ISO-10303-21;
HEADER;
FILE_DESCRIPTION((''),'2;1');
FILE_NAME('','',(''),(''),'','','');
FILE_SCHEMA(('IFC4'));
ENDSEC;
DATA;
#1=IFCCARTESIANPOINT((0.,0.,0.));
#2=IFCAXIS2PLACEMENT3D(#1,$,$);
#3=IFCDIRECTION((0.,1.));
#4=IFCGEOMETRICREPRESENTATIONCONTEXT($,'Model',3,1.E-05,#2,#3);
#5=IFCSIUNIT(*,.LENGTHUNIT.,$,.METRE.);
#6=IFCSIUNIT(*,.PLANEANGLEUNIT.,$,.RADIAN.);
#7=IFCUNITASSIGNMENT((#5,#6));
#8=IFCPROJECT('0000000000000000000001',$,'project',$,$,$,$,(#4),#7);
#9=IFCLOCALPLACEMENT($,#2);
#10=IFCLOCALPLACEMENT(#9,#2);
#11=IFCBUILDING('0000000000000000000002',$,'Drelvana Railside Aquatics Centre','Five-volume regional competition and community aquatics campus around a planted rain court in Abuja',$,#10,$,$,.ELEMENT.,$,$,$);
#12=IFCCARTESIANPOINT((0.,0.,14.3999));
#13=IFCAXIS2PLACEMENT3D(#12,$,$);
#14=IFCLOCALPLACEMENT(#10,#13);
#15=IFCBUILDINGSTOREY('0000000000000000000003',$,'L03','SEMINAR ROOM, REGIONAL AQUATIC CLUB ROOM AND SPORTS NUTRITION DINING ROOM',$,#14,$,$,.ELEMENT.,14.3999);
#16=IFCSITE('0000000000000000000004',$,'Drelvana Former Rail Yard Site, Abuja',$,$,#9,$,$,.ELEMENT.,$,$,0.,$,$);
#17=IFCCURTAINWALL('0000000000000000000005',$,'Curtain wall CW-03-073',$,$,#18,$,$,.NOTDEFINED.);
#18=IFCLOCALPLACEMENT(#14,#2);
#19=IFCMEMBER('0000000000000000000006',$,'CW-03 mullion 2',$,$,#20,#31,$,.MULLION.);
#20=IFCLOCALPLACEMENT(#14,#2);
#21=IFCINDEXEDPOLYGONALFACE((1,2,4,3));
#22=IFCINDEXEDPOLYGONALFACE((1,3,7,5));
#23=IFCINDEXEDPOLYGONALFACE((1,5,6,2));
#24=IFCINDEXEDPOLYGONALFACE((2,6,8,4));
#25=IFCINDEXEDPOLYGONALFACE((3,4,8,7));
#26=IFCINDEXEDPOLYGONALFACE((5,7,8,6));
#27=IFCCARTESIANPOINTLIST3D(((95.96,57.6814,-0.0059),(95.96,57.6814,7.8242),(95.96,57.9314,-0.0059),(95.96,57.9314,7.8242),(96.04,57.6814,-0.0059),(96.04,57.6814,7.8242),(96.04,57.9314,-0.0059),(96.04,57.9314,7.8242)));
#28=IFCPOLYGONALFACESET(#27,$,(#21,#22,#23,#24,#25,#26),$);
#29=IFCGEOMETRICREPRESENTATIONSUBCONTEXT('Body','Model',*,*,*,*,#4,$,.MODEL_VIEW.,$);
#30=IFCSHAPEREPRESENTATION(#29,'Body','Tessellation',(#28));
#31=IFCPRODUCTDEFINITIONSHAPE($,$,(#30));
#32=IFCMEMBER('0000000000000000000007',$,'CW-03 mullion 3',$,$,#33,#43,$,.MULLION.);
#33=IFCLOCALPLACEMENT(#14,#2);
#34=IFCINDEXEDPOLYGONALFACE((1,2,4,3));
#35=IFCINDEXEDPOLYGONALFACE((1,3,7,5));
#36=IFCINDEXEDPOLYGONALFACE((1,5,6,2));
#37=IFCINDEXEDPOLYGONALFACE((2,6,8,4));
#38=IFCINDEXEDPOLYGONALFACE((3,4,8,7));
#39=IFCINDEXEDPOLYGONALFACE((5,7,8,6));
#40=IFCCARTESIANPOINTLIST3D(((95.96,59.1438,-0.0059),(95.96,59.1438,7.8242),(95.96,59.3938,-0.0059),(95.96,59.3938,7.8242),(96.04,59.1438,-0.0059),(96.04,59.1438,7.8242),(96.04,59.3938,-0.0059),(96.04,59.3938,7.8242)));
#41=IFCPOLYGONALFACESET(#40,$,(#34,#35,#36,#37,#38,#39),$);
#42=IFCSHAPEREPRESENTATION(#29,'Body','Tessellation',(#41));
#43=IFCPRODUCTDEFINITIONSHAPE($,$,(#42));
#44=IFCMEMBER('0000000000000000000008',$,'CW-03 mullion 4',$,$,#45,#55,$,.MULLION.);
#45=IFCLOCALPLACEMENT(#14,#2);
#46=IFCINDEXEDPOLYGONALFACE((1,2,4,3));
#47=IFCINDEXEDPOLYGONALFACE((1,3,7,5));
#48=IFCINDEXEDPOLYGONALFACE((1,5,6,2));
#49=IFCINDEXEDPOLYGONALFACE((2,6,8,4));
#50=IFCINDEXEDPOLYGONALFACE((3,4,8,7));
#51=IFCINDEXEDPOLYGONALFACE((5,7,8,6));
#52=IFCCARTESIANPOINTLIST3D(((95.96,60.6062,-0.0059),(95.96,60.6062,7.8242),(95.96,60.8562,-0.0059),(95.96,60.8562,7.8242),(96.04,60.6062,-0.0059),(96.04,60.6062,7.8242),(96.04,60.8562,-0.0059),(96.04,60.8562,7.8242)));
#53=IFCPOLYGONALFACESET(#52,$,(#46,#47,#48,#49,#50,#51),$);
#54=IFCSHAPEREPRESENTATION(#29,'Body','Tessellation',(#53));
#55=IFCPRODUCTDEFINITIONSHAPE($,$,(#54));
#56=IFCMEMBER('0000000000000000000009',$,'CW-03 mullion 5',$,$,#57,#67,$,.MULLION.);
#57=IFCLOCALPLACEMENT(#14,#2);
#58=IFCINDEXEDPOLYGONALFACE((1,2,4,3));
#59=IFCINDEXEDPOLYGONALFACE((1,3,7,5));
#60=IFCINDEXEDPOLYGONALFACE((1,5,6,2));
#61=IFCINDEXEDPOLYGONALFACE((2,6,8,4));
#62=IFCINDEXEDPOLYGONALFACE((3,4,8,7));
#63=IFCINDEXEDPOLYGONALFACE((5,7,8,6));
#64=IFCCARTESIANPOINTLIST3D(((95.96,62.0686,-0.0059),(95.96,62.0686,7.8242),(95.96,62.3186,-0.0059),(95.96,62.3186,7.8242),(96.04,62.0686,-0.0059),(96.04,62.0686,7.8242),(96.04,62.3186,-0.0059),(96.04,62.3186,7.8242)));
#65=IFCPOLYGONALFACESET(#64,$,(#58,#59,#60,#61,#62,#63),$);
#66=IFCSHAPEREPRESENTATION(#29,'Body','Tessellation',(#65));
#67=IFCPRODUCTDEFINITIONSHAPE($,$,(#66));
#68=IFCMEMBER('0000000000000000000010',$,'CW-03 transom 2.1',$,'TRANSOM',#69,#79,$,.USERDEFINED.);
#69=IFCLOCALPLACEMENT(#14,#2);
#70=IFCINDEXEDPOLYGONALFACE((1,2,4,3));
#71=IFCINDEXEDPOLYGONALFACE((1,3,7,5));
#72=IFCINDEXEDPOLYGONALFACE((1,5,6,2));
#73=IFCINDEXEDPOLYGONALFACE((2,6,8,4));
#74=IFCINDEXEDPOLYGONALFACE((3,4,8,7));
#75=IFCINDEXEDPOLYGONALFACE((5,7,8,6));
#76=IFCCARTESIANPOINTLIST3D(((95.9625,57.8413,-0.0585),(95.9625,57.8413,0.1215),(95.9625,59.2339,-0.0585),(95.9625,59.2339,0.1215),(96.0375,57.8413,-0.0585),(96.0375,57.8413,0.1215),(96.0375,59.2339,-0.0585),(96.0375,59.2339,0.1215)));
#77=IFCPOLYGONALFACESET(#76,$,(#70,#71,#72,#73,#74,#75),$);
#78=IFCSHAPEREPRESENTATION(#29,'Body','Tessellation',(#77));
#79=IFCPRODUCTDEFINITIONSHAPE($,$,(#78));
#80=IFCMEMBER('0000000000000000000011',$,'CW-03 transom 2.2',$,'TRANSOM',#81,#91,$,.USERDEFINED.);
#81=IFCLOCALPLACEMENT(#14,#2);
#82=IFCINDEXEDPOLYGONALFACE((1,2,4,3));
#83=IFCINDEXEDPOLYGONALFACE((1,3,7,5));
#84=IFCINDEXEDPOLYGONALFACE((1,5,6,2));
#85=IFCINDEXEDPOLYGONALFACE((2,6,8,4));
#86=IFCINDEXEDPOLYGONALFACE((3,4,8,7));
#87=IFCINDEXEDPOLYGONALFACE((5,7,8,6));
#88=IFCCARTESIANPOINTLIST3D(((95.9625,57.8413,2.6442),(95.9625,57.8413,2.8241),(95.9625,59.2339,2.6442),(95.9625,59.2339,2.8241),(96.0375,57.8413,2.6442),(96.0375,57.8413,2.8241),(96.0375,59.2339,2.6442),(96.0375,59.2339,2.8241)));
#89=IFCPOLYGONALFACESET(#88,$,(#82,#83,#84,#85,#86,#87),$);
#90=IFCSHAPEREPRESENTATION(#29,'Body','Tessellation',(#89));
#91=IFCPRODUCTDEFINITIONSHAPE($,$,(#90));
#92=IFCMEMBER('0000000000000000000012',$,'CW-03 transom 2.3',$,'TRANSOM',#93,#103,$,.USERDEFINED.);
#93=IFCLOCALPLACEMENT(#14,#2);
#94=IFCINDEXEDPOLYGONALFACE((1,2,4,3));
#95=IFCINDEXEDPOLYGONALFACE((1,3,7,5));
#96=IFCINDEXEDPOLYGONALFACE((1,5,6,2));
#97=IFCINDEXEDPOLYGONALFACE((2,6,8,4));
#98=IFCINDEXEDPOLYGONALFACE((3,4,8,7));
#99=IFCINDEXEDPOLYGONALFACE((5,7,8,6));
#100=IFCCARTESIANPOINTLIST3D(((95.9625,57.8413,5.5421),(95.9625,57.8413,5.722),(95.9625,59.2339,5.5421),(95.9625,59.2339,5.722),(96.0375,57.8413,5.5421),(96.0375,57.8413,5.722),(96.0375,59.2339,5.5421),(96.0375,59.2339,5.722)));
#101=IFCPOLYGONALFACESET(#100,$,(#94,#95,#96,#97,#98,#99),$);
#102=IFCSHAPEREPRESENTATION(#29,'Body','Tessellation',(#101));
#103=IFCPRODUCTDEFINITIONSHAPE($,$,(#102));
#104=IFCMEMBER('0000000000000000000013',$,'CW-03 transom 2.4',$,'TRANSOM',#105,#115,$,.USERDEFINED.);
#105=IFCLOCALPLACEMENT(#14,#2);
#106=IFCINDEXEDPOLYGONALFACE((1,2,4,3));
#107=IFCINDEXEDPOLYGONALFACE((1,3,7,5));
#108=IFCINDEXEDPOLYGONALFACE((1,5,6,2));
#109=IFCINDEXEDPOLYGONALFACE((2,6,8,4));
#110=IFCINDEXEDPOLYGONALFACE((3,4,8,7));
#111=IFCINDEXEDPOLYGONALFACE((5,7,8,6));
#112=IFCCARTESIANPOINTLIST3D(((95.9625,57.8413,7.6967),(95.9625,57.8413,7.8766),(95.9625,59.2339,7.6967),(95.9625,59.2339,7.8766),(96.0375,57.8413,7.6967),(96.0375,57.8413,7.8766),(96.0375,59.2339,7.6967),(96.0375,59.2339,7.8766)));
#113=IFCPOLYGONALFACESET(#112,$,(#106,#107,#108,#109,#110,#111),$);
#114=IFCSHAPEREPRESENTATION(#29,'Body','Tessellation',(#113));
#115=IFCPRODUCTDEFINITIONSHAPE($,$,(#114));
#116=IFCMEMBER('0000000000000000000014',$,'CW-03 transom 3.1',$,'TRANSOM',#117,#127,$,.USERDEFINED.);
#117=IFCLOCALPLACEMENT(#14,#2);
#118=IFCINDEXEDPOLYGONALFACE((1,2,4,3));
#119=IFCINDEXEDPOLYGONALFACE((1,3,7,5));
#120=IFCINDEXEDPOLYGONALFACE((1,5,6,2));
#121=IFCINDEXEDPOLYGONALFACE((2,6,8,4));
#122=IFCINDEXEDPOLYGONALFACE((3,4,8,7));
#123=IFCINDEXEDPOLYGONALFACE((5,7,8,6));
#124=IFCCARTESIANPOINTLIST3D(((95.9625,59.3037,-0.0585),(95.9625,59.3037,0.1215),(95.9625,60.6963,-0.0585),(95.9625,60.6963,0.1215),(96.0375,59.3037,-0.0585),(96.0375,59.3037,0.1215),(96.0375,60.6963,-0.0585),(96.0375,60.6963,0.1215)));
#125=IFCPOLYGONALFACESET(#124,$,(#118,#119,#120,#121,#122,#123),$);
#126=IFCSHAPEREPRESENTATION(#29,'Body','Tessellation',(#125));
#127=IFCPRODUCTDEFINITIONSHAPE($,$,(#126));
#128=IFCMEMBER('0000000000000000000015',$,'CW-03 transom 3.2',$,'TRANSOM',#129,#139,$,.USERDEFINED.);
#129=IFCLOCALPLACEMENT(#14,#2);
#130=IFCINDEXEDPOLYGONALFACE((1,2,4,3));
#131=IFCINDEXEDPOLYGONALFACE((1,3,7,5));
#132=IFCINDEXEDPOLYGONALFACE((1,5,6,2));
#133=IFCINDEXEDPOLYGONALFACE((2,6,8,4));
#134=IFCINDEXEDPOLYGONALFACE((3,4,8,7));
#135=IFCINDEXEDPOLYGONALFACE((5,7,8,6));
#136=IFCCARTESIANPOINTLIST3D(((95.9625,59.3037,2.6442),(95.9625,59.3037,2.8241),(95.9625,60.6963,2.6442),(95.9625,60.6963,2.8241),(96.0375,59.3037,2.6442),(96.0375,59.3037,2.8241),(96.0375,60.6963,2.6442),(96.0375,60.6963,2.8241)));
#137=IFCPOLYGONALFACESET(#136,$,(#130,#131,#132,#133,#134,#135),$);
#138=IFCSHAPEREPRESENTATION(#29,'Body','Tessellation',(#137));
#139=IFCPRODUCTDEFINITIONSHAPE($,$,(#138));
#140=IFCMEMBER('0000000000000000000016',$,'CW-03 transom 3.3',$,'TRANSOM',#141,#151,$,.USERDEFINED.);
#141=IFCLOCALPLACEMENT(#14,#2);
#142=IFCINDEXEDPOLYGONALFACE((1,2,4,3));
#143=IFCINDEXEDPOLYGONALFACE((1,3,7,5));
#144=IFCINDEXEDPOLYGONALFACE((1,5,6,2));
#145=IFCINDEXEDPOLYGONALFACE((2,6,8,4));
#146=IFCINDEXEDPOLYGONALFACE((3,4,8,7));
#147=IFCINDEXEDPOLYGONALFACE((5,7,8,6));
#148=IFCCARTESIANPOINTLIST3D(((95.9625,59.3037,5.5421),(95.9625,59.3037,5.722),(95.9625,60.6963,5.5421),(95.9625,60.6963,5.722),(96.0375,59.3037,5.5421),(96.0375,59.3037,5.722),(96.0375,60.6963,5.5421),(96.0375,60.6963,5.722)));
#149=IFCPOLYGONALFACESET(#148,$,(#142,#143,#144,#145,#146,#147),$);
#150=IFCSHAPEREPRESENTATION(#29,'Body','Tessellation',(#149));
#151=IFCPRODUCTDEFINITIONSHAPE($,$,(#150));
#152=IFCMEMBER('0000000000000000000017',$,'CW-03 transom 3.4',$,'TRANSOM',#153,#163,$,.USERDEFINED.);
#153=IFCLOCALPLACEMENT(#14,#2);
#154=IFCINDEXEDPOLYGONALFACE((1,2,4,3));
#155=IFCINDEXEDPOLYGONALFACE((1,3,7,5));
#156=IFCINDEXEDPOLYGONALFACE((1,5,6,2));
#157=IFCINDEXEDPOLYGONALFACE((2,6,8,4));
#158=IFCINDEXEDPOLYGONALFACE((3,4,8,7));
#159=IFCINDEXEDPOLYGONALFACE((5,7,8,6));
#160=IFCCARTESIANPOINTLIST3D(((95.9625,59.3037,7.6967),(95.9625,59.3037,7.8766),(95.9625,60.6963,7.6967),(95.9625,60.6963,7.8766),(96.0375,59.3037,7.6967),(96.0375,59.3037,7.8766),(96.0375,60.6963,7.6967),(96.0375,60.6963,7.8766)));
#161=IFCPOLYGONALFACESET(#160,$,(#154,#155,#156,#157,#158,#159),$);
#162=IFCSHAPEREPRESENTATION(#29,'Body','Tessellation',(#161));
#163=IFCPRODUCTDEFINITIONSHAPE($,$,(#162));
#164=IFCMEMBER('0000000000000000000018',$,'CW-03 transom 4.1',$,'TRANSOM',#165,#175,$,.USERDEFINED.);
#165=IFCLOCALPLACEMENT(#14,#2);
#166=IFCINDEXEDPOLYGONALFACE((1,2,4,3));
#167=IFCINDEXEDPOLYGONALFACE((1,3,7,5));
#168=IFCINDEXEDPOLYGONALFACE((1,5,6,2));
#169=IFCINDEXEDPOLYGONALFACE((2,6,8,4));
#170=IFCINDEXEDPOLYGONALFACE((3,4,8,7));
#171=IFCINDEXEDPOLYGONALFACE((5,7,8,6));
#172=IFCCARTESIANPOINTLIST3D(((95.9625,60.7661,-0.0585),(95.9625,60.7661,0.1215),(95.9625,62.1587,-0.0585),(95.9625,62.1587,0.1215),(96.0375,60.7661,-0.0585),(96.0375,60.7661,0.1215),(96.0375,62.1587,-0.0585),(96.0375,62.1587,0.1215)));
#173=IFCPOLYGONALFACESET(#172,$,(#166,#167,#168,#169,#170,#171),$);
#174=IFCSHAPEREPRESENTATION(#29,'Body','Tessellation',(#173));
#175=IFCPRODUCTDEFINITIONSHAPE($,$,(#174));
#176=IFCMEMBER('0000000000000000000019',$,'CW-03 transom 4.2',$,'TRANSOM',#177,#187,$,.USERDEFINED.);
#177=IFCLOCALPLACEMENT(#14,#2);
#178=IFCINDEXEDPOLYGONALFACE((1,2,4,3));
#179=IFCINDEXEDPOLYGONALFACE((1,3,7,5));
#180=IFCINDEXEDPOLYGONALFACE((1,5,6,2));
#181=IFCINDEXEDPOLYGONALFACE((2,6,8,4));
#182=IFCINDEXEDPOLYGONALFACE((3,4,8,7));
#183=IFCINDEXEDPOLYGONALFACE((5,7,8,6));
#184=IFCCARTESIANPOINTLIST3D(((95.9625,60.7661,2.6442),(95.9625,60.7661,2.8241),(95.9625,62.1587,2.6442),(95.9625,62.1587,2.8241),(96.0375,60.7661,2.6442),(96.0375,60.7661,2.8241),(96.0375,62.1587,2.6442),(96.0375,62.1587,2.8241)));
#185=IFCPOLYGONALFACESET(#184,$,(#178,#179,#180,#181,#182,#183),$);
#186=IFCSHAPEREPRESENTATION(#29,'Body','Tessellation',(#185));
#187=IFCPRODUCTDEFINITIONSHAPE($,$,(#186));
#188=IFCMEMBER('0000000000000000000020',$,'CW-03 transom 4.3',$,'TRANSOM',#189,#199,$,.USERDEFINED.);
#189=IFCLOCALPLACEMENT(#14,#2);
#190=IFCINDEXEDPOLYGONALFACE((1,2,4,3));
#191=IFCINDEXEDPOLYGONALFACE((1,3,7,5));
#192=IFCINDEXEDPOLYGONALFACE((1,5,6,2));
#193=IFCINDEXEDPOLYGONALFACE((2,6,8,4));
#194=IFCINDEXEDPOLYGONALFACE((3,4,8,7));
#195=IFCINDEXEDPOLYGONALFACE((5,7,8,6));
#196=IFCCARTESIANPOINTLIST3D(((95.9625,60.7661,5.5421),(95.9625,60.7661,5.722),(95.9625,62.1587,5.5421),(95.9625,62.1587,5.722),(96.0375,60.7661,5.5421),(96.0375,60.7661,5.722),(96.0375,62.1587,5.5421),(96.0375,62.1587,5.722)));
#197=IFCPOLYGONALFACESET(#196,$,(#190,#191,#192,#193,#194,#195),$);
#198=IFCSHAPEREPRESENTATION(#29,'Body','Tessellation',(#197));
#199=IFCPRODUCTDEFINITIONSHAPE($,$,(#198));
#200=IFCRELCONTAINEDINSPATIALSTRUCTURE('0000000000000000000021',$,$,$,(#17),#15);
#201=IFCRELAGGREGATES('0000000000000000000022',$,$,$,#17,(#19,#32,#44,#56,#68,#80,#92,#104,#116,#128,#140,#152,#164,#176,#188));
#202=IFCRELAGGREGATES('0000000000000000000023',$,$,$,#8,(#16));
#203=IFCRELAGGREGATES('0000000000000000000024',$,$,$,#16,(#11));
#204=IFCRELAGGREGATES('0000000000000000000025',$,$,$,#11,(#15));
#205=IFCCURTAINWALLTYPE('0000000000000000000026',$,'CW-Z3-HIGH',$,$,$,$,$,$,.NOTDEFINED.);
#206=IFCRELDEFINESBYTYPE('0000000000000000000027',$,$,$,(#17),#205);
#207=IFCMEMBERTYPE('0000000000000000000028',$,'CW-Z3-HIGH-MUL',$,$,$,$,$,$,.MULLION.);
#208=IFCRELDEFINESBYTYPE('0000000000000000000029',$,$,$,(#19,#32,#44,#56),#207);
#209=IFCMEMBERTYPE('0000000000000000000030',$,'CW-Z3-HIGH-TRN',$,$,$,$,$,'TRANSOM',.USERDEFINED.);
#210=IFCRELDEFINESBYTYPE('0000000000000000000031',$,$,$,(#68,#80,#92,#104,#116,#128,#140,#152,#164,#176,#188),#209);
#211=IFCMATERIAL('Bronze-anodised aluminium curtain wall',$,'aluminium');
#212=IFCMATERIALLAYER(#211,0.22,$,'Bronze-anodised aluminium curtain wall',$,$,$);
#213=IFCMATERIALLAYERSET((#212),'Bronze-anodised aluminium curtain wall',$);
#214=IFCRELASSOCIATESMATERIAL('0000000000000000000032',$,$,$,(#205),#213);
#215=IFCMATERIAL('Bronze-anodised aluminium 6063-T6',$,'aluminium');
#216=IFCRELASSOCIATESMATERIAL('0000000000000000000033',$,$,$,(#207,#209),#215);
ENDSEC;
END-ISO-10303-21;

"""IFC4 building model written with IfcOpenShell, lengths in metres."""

from ifc_helpers import new_model, si_unit, direction, frame, origin, origin_2d, place, context, subcontext, project, spatial, rectangle, extrude, material, layer, layer_set, material_profile, profile_set, type_object, element, aggregate, save


model = new_model("IFC4")

# Units and contexts
model_context = context("Model", 3, precision=1e-05, world=origin(), true_north=direction((0.0, 1.0)))
body_context = subcontext(model_context, "Body", "Model", "MODEL_VIEW")
ifc_project = project(units=[si_unit("LENGTHUNIT", "METRE"), si_unit("PLANEANGLEUNIT", "RADIAN")], contexts=[model_context])

# Site, building, storey
site_placement = place(None, origin())
site = spatial("IfcSite", under=ifc_project, at=site_placement, Name="Drelvana Former Rail Yard Site, Abuja", CompositionType="ELEMENT", RefElevation=0.0)
building_placement = place(site_placement, origin())
building = spatial("IfcBuilding", under=site, at=building_placement, Name="Drelvana Railside Aquatics Centre", Description="Five-volume regional competition and community aquatics campus around a planted rain court in Abuja", CompositionType="ELEMENT")
storey_placement = place(building_placement, frame((0.0, 0.0, 14.3999)))
storey = spatial("IfcBuildingStorey", under=building, at=storey_placement, Name="L03", Description="SEMINAR ROOM, REGIONAL AQUATIC CLUB ROOM AND SPORTS NUTRITION DINING ROOM", CompositionType="ELEMENT", Elevation=14.3999)

# Curtain wall, members
ifc_material_1 = material(Name="Bronze-anodised aluminium curtain wall", Category="aluminium")
ifc_layer_1 = layer(ifc_material_1, 0.22, Name="Bronze-anodised aluminium curtain wall")
ifc_layer_set_1 = layer_set([ifc_layer_1], Name="Bronze-anodised aluminium curtain wall")
curtain_wall_type = type_object("IfcCurtainWallType", Name="CW-Z3-HIGH", PredefinedType="NOTDEFINED", material=ifc_layer_set_1)
curtain_wall_placement = place(storey_placement, origin())
curtain_wall = element("IfcCurtainWall", 1, at=curtain_wall_placement, inside=storey, type_object=curtain_wall_type, Name="Curtain wall CW-03-073", PredefinedType="NOTDEFINED")
ifc_material_2 = material(Name="Bronze-anodised aluminium 6063-T6", Category="aluminium")
ifc_material_profile_1 = material_profile(ifc_material_2, rectangle(XDim=0.0801, YDim=0.25, at=origin_2d()), Name="ALU-M 80x250")
ifc_profile_set_1 = profile_set([ifc_material_profile_1], Name="Bronze-anodised aluminium 6063-T6")
member_type_1 = type_object("IfcMemberType", Name="CW-Z3-HIGH-MUL", PredefinedType="MULLION", material=ifc_profile_set_1)
member_1_placement = place(storey_placement, frame((96.0, 57.8064, -0.0059), z_axis=(0.0, 0.0, 1.0), x_axis=(-1.0, 0.0, 0.0)))
member_1 = element("IfcMember", 2, at=member_1_placement, type_object=member_type_1, Name="CW-03 mullion 2", PredefinedType="MULLION", context=body_context, shape_type="SweptSolid", body=[
    extrude(rectangle(XDim=0.0801, YDim=0.25, at=origin_2d()), origin(), (0.0, 0.0, 1.0), 7.8301),
])
member_2_placement = place(storey_placement, frame((96.0, 59.2688, -0.0059), z_axis=(0.0, 0.0, 1.0), x_axis=(-1.0, 0.0, 0.0)))
member_2 = element("IfcMember", 3, at=member_2_placement, type_object=member_type_1, Name="CW-03 mullion 3", PredefinedType="MULLION", context=body_context, shape_type="SweptSolid", body=[
    extrude(rectangle(XDim=0.0801, YDim=0.25, at=origin_2d()), origin(), (0.0, 0.0, 1.0), 7.8301),
])
member_3_placement = place(storey_placement, frame((96.0, 60.7312, -0.0059), z_axis=(0.0, 0.0, 1.0), x_axis=(-1.0, 0.0, 0.0)))
member_3 = element("IfcMember", 4, at=member_3_placement, type_object=member_type_1, Name="CW-03 mullion 4", PredefinedType="MULLION", context=body_context, shape_type="SweptSolid", body=[
    extrude(rectangle(XDim=0.0801, YDim=0.25, at=origin_2d()), origin(), (0.0, 0.0, 1.0), 7.8301),
])
member_4_placement = place(storey_placement, frame((96.0, 62.1936, -0.0059), z_axis=(0.0, 0.0, 1.0), x_axis=(-1.0, 0.0, 0.0)))
member_4 = element("IfcMember", 5, at=member_4_placement, type_object=member_type_1, Name="CW-03 mullion 5", PredefinedType="MULLION", context=body_context, shape_type="SweptSolid", body=[
    extrude(rectangle(XDim=0.0801, YDim=0.25, at=origin_2d()), origin(), (0.0, 0.0, 1.0), 7.8301),
])
ifc_material_profile_2 = material_profile(ifc_material_2, rectangle(XDim=0.1799, YDim=0.075, at=origin_2d()), Name="ALU-T 75x180")
ifc_profile_set_2 = profile_set([ifc_material_profile_2], Name="Bronze-anodised aluminium 6063-T6")
member_type_2 = type_object("IfcMemberType", Name="CW-Z3-HIGH-TRN", ElementType="TRANSOM", PredefinedType="USERDEFINED", material=ifc_profile_set_2)
member_5_placement = place(storey_placement, frame((96.0, 57.8413, 0.0315), z_axis=(0.0, 1.0, 0.0), x_axis=(0.0, 0.0, 1.0)))
member_5 = element("IfcMember", 6, at=member_5_placement, type_object=member_type_2, Name="CW-03 transom 2.1", ObjectType="TRANSOM", PredefinedType="USERDEFINED", context=body_context, shape_type="SweptSolid", body=[
    extrude(rectangle(XDim=0.1799, YDim=0.075, at=origin_2d()), origin(), (0.0, 0.0, 1.0), 1.3926),
])
member_6_placement = place(storey_placement, frame((96.0, 57.8413, 2.7341), z_axis=(0.0, 1.0, 0.0), x_axis=(0.0, 0.0, 1.0)))
member_6 = element("IfcMember", 7, at=member_6_placement, type_object=member_type_2, Name="CW-03 transom 2.2", ObjectType="TRANSOM", PredefinedType="USERDEFINED", context=body_context, shape_type="SweptSolid", body=[
    extrude(rectangle(XDim=0.1799, YDim=0.075, at=origin_2d()), origin(), (0.0, 0.0, 1.0), 1.3926),
])
member_7_placement = place(storey_placement, frame((96.0, 57.8413, 5.6321), z_axis=(0.0, 1.0, 0.0), x_axis=(0.0, 0.0, 1.0)))
member_7 = element("IfcMember", 8, at=member_7_placement, type_object=member_type_2, Name="CW-03 transom 2.3", ObjectType="TRANSOM", PredefinedType="USERDEFINED", context=body_context, shape_type="SweptSolid", body=[
    extrude(rectangle(XDim=0.1799, YDim=0.075, at=origin_2d()), origin(), (0.0, 0.0, 1.0), 1.3926),
])
member_8_placement = place(storey_placement, frame((96.0, 57.8413, 7.7866), z_axis=(0.0, 1.0, 0.0), x_axis=(0.0, 0.0, 1.0)))
member_8 = element("IfcMember", 9, at=member_8_placement, type_object=member_type_2, Name="CW-03 transom 2.4", ObjectType="TRANSOM", PredefinedType="USERDEFINED", context=body_context, shape_type="SweptSolid", body=[
    extrude(rectangle(XDim=0.1799, YDim=0.075, at=origin_2d()), origin(), (0.0, 0.0, 1.0), 1.3926),
])
member_9_placement = place(storey_placement, frame((96.0, 59.3037, 0.0315), z_axis=(0.0, 1.0, 0.0), x_axis=(0.0, 0.0, 1.0)))
member_9 = element("IfcMember", 10, at=member_9_placement, type_object=member_type_2, Name="CW-03 transom 3.1", ObjectType="TRANSOM", PredefinedType="USERDEFINED", context=body_context, shape_type="SweptSolid", body=[
    extrude(rectangle(XDim=0.1799, YDim=0.075, at=origin_2d()), origin(), (0.0, 0.0, 1.0), 1.3926),
])
member_10_placement = place(storey_placement, frame((96.0, 59.3037, 2.7341), z_axis=(0.0, 1.0, 0.0), x_axis=(0.0, 0.0, 1.0)))
member_10 = element("IfcMember", 11, at=member_10_placement, type_object=member_type_2, Name="CW-03 transom 3.2", ObjectType="TRANSOM", PredefinedType="USERDEFINED", context=body_context, shape_type="SweptSolid", body=[
    extrude(rectangle(XDim=0.1799, YDim=0.075, at=origin_2d()), origin(), (0.0, 0.0, 1.0), 1.3926),
])
member_11_placement = place(storey_placement, frame((96.0, 59.3037, 5.6321), z_axis=(0.0, 1.0, 0.0), x_axis=(0.0, 0.0, 1.0)))
member_11 = element("IfcMember", 12, at=member_11_placement, type_object=member_type_2, Name="CW-03 transom 3.3", ObjectType="TRANSOM", PredefinedType="USERDEFINED", context=body_context, shape_type="SweptSolid", body=[
    extrude(rectangle(XDim=0.1799, YDim=0.075, at=origin_2d()), origin(), (0.0, 0.0, 1.0), 1.3926),
])
member_12_placement = place(storey_placement, frame((96.0, 59.3037, 7.7866), z_axis=(0.0, 1.0, 0.0), x_axis=(0.0, 0.0, 1.0)))
member_12 = element("IfcMember", 13, at=member_12_placement, type_object=member_type_2, Name="CW-03 transom 3.4", ObjectType="TRANSOM", PredefinedType="USERDEFINED", context=body_context, shape_type="SweptSolid", body=[
    extrude(rectangle(XDim=0.1799, YDim=0.075, at=origin_2d()), origin(), (0.0, 0.0, 1.0), 1.3926),
])
member_13_placement = place(storey_placement, frame((96.0, 60.7661, 0.0315), z_axis=(0.0, 1.0, 0.0), x_axis=(0.0, 0.0, 1.0)))
member_13 = element("IfcMember", 14, at=member_13_placement, type_object=member_type_2, Name="CW-03 transom 4.1", ObjectType="TRANSOM", PredefinedType="USERDEFINED", context=body_context, shape_type="SweptSolid", body=[
    extrude(rectangle(XDim=0.1799, YDim=0.075, at=origin_2d()), origin(), (0.0, 0.0, 1.0), 1.3926),
])
member_14_placement = place(storey_placement, frame((96.0, 60.7661, 2.7341), z_axis=(0.0, 1.0, 0.0), x_axis=(0.0, 0.0, 1.0)))
member_14 = element("IfcMember", 15, at=member_14_placement, type_object=member_type_2, Name="CW-03 transom 4.2", ObjectType="TRANSOM", PredefinedType="USERDEFINED", context=body_context, shape_type="SweptSolid", body=[
    extrude(rectangle(XDim=0.1799, YDim=0.075, at=origin_2d()), origin(), (0.0, 0.0, 1.0), 1.3926),
])
member_15_placement = place(storey_placement, frame((96.0, 60.7661, 5.6321), z_axis=(0.0, 1.0, 0.0), x_axis=(0.0, 0.0, 1.0)))
member_15 = element("IfcMember", 16, at=member_15_placement, type_object=member_type_2, Name="CW-03 transom 4.3", ObjectType="TRANSOM", PredefinedType="USERDEFINED", context=body_context, shape_type="SweptSolid", body=[
    extrude(rectangle(XDim=0.1799, YDim=0.075, at=origin_2d()), origin(), (0.0, 0.0, 1.0), 1.3926),
])
aggregate(curtain_wall, [member_1, member_2, member_3, member_4, member_5, member_6, member_7, member_8, member_9, member_10, member_11, member_12, member_13, member_14, member_15])

save(model, "model.ifc")
